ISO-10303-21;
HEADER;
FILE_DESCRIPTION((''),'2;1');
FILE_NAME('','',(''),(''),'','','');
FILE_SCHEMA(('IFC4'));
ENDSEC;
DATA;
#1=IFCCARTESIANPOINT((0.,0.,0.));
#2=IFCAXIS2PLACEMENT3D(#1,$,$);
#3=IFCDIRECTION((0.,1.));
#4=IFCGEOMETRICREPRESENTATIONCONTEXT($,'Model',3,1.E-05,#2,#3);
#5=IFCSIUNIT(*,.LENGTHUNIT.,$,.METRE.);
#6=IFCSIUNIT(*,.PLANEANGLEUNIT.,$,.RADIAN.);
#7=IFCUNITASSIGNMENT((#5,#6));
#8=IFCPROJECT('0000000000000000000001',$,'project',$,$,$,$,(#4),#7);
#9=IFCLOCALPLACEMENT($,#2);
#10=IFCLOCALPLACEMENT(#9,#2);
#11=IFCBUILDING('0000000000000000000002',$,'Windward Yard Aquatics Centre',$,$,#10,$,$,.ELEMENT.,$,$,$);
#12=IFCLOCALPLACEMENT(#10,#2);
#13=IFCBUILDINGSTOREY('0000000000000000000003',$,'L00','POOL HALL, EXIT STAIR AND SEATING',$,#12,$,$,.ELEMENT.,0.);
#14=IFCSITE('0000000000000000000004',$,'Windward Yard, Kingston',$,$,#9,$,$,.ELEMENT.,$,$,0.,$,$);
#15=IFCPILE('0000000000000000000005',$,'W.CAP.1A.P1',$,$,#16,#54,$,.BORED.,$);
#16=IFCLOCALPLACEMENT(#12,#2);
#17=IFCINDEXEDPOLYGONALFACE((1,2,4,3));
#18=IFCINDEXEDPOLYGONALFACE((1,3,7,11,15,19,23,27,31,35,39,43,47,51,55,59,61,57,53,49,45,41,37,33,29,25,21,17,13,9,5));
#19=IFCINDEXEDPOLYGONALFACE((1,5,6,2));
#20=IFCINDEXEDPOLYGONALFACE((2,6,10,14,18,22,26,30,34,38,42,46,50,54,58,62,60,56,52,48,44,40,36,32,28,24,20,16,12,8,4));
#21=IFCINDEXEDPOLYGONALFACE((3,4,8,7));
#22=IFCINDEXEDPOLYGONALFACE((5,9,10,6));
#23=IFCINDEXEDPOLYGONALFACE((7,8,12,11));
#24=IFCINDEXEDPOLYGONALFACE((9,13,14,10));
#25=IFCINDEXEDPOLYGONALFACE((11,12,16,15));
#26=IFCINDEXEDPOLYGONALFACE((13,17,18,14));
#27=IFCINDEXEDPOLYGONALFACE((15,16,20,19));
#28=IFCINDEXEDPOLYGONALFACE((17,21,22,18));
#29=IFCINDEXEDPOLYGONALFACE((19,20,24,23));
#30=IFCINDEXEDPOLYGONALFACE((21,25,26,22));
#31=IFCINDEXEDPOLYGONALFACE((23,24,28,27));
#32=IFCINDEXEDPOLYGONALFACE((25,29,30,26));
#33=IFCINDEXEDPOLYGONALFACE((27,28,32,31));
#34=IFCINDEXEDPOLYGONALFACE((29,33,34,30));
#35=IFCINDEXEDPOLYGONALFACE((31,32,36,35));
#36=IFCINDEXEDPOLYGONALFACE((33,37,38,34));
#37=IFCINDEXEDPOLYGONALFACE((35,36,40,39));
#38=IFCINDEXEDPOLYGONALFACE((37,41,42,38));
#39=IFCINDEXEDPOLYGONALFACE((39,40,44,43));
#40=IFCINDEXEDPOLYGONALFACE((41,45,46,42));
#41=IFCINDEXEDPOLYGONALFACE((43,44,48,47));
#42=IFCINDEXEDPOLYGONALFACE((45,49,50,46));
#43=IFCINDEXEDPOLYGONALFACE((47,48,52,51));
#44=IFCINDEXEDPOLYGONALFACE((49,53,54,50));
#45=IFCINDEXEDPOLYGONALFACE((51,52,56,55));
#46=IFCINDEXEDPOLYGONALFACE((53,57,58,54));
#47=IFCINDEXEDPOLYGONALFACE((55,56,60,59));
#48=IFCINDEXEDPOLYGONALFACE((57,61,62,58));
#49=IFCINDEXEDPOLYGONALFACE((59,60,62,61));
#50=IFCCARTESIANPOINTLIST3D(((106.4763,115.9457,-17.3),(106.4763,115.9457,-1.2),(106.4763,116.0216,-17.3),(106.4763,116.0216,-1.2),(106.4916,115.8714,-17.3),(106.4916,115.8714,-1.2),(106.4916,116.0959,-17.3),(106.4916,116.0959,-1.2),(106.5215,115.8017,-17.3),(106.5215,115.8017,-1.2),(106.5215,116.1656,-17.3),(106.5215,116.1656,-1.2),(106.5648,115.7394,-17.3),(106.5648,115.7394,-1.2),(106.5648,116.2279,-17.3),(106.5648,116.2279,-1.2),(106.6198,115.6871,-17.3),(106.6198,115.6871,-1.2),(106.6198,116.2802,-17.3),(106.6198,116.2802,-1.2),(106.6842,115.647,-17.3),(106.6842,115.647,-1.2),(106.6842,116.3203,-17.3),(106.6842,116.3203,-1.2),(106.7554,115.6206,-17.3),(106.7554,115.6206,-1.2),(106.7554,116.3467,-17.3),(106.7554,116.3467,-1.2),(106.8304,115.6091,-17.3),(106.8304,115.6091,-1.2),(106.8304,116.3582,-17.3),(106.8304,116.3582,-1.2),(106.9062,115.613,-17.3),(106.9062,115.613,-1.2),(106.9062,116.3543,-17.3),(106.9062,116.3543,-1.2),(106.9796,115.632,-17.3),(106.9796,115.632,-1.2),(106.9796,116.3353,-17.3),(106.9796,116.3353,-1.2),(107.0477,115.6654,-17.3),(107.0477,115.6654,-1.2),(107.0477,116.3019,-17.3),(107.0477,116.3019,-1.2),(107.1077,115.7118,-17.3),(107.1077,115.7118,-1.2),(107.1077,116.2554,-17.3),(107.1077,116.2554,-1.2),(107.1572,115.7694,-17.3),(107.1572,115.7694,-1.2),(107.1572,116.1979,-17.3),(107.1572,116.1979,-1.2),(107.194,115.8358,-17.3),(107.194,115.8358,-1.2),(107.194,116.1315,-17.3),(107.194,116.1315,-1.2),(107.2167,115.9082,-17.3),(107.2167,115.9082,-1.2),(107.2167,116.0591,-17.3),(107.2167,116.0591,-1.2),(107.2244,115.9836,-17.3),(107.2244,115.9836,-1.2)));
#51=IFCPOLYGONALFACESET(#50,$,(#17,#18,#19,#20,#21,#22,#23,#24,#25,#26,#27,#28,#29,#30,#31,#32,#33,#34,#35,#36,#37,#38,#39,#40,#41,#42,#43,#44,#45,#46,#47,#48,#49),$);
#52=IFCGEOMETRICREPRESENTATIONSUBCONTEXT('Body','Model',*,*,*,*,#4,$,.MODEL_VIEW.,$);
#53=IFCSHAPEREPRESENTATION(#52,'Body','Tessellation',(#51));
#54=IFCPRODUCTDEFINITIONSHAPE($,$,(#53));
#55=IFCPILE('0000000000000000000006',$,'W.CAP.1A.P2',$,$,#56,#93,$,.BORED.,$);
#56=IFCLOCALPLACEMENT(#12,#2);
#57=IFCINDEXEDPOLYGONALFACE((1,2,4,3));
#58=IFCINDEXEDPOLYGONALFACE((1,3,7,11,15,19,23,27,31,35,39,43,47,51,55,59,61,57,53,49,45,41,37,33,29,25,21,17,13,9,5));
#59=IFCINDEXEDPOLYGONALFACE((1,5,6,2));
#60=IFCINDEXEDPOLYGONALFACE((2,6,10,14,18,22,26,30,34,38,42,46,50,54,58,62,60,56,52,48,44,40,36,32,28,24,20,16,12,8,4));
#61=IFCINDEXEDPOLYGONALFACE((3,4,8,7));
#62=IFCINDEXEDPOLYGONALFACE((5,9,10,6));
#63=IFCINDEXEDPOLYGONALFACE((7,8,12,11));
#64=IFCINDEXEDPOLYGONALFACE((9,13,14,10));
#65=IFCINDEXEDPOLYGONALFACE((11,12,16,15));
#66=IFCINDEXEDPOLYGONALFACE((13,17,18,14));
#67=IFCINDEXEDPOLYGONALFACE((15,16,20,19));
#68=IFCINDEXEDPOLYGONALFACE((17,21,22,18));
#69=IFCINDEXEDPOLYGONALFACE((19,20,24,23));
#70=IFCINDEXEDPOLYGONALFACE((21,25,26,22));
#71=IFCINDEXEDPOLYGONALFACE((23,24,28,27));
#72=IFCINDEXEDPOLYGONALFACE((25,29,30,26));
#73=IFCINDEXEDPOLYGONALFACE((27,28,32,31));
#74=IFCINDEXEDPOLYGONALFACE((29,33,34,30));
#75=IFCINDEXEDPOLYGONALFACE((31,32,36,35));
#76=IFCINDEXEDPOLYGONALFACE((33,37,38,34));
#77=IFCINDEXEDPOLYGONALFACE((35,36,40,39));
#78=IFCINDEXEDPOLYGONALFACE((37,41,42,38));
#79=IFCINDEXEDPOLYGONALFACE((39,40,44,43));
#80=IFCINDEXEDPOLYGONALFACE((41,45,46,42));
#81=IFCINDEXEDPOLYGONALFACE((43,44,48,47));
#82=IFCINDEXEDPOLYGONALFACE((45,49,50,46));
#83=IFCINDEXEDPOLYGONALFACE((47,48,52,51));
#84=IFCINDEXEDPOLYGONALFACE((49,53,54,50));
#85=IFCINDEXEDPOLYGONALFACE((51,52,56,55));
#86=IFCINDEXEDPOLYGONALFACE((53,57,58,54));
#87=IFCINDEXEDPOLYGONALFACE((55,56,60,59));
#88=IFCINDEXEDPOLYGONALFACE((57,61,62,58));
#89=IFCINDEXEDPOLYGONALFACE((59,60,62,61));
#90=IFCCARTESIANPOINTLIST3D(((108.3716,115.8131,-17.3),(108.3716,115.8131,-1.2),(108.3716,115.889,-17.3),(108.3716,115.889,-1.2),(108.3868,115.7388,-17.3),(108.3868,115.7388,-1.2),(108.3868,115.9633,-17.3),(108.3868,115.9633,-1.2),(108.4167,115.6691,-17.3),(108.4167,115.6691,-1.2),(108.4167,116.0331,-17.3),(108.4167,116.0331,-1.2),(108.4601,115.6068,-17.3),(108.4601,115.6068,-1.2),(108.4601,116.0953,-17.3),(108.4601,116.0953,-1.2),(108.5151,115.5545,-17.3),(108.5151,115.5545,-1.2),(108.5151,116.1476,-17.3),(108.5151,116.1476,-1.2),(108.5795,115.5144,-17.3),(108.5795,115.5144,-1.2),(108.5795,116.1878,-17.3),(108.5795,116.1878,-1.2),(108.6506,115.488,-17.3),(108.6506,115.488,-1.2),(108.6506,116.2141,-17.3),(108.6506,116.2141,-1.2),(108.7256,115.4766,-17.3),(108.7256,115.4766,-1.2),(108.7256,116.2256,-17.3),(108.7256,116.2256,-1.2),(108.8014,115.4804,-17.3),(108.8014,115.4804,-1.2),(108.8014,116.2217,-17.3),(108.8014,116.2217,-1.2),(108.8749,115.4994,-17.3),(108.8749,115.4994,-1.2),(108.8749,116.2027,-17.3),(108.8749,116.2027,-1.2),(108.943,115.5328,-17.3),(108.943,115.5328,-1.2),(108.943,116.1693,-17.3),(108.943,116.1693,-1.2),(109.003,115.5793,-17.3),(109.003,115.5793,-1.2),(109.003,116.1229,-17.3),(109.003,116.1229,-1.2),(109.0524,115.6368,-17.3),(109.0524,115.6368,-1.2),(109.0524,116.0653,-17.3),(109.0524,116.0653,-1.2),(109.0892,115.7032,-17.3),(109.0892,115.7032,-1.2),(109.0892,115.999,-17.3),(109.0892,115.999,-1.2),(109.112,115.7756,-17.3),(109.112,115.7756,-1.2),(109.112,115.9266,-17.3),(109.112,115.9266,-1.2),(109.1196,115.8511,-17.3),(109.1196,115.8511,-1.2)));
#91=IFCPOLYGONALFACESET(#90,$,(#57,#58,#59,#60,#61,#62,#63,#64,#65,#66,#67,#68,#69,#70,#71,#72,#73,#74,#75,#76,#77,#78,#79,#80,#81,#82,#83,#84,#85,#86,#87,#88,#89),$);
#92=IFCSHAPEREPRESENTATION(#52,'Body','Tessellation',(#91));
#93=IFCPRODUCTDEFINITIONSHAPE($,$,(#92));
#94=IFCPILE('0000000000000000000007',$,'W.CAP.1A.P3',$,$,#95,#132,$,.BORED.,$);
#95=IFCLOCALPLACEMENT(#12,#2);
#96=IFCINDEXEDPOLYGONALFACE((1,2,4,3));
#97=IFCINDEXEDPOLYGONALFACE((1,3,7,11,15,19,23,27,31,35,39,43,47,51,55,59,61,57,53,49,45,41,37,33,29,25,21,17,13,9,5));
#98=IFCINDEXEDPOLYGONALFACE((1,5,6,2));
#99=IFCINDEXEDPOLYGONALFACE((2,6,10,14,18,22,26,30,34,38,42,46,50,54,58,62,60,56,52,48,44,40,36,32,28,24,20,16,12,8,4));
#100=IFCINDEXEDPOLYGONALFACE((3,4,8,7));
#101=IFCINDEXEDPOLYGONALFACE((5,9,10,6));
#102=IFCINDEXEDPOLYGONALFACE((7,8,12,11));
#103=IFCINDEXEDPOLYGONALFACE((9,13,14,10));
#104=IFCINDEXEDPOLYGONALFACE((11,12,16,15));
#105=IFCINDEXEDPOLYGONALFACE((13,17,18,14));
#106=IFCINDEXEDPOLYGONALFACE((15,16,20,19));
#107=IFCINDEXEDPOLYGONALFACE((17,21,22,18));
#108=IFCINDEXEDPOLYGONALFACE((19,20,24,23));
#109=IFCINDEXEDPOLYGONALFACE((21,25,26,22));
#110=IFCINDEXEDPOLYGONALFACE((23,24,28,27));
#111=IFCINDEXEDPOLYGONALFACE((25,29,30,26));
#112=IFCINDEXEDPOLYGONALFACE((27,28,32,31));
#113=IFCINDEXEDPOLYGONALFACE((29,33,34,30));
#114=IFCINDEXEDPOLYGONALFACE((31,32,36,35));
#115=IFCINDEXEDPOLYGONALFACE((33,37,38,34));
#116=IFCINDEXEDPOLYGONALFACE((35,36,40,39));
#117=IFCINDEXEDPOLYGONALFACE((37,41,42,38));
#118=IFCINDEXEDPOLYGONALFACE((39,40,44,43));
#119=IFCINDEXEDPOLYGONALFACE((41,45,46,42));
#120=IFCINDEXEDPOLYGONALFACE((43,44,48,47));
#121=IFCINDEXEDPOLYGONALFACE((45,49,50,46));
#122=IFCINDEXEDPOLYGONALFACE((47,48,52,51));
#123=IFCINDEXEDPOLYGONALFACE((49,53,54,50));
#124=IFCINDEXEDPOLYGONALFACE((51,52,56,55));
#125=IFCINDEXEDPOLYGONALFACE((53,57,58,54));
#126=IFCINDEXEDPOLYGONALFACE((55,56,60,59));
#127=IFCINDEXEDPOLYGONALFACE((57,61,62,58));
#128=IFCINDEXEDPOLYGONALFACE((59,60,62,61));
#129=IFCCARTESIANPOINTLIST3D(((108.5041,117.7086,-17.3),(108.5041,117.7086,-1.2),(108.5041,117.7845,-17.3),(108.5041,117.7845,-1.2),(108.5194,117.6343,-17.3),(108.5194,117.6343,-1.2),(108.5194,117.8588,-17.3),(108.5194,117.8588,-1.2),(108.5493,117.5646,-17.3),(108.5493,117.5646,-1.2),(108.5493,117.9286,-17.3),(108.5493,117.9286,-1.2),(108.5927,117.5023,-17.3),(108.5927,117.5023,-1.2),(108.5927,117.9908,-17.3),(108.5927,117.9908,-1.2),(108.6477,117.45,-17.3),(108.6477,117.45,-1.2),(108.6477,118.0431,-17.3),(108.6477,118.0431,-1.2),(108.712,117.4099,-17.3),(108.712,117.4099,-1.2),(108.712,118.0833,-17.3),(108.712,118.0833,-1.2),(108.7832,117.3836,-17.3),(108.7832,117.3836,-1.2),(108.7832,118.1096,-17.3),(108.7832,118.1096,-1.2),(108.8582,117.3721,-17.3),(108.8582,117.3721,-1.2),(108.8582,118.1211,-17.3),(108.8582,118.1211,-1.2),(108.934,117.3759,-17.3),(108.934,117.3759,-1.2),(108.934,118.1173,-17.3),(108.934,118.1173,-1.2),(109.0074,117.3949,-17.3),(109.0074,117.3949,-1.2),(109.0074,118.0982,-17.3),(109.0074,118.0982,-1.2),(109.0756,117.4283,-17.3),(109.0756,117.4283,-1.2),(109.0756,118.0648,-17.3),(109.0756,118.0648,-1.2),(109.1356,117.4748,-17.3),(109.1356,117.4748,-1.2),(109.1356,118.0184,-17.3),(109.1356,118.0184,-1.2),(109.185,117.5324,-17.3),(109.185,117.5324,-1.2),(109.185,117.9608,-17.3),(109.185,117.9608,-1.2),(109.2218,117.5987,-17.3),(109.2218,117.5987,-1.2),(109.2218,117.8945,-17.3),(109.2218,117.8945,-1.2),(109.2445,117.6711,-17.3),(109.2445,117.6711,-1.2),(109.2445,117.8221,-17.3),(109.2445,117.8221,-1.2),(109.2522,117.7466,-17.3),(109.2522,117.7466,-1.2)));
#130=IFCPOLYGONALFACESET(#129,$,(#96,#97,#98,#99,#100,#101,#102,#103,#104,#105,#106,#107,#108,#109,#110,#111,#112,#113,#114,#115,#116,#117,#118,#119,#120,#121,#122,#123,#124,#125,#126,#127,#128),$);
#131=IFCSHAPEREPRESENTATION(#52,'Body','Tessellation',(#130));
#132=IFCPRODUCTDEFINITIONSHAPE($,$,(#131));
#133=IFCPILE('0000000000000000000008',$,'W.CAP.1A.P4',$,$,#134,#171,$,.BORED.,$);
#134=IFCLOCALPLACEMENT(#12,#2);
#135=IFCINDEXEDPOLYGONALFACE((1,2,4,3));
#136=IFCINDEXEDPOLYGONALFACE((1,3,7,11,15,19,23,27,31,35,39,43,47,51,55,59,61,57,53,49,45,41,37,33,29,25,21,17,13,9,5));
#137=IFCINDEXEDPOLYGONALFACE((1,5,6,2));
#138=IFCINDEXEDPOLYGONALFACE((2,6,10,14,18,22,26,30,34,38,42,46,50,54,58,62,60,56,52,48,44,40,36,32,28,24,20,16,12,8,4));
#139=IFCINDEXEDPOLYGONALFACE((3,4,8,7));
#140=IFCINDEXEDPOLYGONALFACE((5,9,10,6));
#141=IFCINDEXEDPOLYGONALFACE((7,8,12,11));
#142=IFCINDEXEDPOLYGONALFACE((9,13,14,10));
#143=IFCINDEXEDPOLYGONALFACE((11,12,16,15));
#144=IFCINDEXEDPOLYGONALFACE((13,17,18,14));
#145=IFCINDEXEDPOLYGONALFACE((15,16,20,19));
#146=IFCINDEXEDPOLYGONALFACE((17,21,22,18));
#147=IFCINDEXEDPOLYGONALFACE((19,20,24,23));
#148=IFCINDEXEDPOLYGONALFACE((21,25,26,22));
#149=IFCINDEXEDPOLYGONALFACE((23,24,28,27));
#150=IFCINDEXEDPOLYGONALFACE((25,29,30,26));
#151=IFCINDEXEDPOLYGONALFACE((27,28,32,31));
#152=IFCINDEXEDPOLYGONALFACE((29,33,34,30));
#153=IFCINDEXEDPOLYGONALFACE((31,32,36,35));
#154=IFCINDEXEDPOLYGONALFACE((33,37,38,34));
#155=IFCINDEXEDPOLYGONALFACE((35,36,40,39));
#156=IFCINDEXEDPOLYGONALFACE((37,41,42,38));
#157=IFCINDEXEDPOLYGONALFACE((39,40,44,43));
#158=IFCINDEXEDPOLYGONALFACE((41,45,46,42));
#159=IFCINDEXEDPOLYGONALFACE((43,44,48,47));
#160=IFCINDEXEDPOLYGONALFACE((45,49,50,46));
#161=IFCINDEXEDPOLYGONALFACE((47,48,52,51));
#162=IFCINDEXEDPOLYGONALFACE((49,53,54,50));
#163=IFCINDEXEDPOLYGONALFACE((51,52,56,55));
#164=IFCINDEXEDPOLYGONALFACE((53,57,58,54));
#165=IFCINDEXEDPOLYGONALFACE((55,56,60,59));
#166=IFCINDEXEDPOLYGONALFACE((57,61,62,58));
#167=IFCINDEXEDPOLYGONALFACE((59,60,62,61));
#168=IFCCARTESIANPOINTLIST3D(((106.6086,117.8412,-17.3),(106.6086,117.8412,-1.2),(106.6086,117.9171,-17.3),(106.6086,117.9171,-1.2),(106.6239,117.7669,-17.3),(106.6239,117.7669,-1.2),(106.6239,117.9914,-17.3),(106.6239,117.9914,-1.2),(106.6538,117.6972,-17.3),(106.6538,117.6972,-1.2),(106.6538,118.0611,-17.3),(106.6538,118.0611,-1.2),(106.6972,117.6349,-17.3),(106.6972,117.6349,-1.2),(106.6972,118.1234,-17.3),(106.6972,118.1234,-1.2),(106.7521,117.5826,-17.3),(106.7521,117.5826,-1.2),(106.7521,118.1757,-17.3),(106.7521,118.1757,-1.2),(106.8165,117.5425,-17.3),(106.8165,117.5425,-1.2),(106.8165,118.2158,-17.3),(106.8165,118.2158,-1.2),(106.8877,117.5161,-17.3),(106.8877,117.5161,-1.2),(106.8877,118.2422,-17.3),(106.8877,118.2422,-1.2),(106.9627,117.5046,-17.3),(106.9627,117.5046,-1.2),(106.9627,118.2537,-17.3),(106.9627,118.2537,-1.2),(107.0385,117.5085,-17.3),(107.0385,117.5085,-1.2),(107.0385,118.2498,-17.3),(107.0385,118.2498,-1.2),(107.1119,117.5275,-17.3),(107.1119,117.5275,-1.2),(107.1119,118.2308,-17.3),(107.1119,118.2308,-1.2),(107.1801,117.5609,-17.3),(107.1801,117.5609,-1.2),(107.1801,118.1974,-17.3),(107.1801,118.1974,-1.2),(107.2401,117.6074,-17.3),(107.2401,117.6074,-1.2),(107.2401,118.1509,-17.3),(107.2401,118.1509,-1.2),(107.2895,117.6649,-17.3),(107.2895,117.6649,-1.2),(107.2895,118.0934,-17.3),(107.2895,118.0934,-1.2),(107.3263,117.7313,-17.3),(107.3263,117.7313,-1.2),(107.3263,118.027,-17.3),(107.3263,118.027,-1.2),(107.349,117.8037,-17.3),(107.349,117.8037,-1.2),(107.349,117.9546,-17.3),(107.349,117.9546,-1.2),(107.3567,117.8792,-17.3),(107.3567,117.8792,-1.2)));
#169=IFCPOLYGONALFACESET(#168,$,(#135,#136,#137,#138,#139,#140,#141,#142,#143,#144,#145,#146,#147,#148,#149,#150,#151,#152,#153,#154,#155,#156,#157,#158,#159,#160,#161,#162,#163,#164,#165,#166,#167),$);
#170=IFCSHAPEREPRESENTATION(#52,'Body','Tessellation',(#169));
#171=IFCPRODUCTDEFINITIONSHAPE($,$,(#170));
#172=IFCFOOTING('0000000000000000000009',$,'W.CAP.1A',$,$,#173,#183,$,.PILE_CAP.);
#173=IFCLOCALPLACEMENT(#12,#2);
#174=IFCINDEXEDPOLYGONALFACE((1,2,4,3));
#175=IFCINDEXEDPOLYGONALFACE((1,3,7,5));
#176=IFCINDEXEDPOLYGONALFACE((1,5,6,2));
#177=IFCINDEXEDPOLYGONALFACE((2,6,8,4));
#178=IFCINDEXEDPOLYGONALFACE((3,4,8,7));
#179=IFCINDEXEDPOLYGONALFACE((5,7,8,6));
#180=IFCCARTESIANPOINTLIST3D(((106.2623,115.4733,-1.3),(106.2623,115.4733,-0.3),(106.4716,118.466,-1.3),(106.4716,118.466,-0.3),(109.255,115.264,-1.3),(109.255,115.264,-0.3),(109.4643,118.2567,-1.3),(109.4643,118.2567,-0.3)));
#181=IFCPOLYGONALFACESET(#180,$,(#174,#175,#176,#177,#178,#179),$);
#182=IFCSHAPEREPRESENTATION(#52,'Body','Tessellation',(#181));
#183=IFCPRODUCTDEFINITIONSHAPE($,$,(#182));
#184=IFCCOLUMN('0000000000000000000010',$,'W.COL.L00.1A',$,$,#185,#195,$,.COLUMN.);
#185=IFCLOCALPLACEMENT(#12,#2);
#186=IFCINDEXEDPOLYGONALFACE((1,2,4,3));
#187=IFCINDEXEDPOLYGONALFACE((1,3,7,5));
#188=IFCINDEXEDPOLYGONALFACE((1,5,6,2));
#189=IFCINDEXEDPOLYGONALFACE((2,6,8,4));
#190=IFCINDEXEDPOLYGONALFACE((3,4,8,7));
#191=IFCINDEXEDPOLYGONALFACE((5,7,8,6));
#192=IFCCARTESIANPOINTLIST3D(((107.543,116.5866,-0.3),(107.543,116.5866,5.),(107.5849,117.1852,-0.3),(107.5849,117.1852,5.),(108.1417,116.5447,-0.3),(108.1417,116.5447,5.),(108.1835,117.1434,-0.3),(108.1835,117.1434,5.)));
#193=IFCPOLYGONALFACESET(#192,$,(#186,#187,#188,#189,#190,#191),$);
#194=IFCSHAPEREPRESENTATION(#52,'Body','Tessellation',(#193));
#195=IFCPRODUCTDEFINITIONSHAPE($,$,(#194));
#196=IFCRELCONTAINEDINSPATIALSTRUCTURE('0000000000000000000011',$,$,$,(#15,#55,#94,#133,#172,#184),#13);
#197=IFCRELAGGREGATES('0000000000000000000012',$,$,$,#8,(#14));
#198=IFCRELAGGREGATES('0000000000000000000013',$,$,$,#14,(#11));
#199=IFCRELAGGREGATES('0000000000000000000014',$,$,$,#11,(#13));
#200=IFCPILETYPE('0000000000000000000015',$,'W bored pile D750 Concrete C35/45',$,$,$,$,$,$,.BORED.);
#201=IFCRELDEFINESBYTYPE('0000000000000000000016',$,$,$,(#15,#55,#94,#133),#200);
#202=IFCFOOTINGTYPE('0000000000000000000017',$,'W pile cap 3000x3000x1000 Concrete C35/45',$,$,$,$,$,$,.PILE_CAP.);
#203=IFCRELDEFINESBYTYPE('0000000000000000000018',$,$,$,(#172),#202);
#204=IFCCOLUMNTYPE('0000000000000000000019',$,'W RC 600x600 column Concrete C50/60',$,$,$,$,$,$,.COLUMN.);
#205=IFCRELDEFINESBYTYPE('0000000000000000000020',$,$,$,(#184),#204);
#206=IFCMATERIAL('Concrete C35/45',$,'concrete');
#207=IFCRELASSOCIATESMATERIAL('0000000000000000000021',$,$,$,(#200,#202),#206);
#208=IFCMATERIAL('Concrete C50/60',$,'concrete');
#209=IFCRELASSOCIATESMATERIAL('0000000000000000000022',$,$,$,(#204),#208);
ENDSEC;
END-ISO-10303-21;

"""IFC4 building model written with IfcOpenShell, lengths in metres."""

from ifc_helpers import new_model, si_unit, direction, frame, origin, origin_2d, place, context, subcontext, project, spatial, rectangle, circle, extrude, material, material_profile, profile_set, type_object, element, save


model = new_model("IFC4")

# Units and contexts
model_context = context("Model", 3, precision=1e-05, world=origin(), true_north=direction((0.0, 1.0)))
body_context = subcontext(model_context, "Body", "Model", "MODEL_VIEW")
ifc_project = project(units=[si_unit("LENGTHUNIT", "METRE"), si_unit("PLANEANGLEUNIT", "RADIAN")], contexts=[model_context])

# Site, building, storey
site_placement = place(None, origin())
site = spatial("IfcSite", under=ifc_project, at=site_placement, Name="Windward Yard, Kingston", CompositionType="ELEMENT", RefElevation=0.0)
building_placement = place(site_placement, origin())
building = spatial("IfcBuilding", under=site, at=building_placement, Name="Windward Yard Aquatics Centre", CompositionType="ELEMENT")
storey_placement = place(building_placement, origin())
storey = spatial("IfcBuildingStorey", under=building, at=storey_placement, Name="L00", Description="POOL HALL, EXIT STAIR AND SEATING", CompositionType="ELEMENT", Elevation=0.0)

# Piles
ifc_material_1 = material(Name="Concrete C35/45", Category="concrete")
ifc_material_profile_1 = material_profile(ifc_material_1, circle(Radius=0.375, at=origin_2d()), Name="D750")
ifc_profile_set_1 = profile_set([ifc_material_profile_1], Name="Concrete C35/45")
pile_type = type_object("IfcPileType", Name="W bored pile D750 Concrete C35/45", PredefinedType="BORED", material=ifc_profile_set_1)
for number, where, z_axis, x_axis, name in (
    (1, (106.8494, 115.9836, -1.2), (0.0, 0.0, -1.0), (1.0, 0.0, 0.0), "W.CAP.1A.P1"),
    (2, (108.7446, 115.8511, -1.2), (0.0, 0.0, -1.0), (1.0, 0.0, 0.0), "W.CAP.1A.P2"),
    (3, (108.8772, 117.7466, -1.2), (0.0, 0.0, -1.0), (1.0, 0.0, 0.0), "W.CAP.1A.P3"),
    (4, (106.9817, 117.8792, -1.2), (0.0, 0.0, -1.0), (1.0, 0.0, 0.0), "W.CAP.1A.P4"),
):
    element("IfcPile", number, at=place(storey_placement, frame(where, z_axis=z_axis, x_axis=x_axis)), inside=storey, type_object=pile_type, Name=name, PredefinedType="BORED", context=body_context, shape_type="SweptSolid", body=[
        extrude(circle(Radius=0.375, at=origin_2d()), origin(), (0.0, 0.0, 1.0), 16.1001),
    ])

# Footing
footing_type = type_object("IfcFootingType", Name="W pile cap 3000x3000x1000 Concrete C35/45", PredefinedType="PILE_CAP", material=ifc_material_1)
footing_placement = place(storey_placement, frame((107.8633, 116.865, -1.3), z_axis=(0.0, 0.0, 1.0), x_axis=(0.997564, -0.069756, 0.0)))
element("IfcFooting", 5, at=footing_placement, inside=storey, type_object=footing_type, Name="W.CAP.1A", PredefinedType="PILE_CAP", context=body_context, shape_type="SweptSolid", body=[
    extrude(rectangle(XDim=3.0, YDim=3.0, at=origin_2d()), origin(), (0.0, 0.0, 1.0), 1.0),
])

# Column
ifc_material_2 = material(Name="Concrete C50/60", Category="concrete")
ifc_material_profile_2 = material_profile(ifc_material_2, rectangle(XDim=0.6001, YDim=0.6001, at=origin_2d()), Name="RC 600x600")
ifc_profile_set_2 = profile_set([ifc_material_profile_2], Name="Concrete C50/60")
column_type = type_object("IfcColumnType", Name="W RC 600x600 column Concrete C50/60", PredefinedType="COLUMN", material=ifc_profile_set_2)
column_placement = place(storey_placement, frame((107.8633, 116.865, -0.3), z_axis=(0.0, 0.0, 1.0), x_axis=(0.997564, -0.069756, 0.0)))
element("IfcColumn", 6, at=column_placement, inside=storey, type_object=column_type, Name="W.COL.L00.1A", PredefinedType="COLUMN", context=body_context, shape_type="SweptSolid", body=[
    extrude(rectangle(XDim=0.6001, YDim=0.6001, at=origin_2d()), origin(), (0.0, 0.0, 1.0), 5.3),
])

save(model, "model.ifc")
